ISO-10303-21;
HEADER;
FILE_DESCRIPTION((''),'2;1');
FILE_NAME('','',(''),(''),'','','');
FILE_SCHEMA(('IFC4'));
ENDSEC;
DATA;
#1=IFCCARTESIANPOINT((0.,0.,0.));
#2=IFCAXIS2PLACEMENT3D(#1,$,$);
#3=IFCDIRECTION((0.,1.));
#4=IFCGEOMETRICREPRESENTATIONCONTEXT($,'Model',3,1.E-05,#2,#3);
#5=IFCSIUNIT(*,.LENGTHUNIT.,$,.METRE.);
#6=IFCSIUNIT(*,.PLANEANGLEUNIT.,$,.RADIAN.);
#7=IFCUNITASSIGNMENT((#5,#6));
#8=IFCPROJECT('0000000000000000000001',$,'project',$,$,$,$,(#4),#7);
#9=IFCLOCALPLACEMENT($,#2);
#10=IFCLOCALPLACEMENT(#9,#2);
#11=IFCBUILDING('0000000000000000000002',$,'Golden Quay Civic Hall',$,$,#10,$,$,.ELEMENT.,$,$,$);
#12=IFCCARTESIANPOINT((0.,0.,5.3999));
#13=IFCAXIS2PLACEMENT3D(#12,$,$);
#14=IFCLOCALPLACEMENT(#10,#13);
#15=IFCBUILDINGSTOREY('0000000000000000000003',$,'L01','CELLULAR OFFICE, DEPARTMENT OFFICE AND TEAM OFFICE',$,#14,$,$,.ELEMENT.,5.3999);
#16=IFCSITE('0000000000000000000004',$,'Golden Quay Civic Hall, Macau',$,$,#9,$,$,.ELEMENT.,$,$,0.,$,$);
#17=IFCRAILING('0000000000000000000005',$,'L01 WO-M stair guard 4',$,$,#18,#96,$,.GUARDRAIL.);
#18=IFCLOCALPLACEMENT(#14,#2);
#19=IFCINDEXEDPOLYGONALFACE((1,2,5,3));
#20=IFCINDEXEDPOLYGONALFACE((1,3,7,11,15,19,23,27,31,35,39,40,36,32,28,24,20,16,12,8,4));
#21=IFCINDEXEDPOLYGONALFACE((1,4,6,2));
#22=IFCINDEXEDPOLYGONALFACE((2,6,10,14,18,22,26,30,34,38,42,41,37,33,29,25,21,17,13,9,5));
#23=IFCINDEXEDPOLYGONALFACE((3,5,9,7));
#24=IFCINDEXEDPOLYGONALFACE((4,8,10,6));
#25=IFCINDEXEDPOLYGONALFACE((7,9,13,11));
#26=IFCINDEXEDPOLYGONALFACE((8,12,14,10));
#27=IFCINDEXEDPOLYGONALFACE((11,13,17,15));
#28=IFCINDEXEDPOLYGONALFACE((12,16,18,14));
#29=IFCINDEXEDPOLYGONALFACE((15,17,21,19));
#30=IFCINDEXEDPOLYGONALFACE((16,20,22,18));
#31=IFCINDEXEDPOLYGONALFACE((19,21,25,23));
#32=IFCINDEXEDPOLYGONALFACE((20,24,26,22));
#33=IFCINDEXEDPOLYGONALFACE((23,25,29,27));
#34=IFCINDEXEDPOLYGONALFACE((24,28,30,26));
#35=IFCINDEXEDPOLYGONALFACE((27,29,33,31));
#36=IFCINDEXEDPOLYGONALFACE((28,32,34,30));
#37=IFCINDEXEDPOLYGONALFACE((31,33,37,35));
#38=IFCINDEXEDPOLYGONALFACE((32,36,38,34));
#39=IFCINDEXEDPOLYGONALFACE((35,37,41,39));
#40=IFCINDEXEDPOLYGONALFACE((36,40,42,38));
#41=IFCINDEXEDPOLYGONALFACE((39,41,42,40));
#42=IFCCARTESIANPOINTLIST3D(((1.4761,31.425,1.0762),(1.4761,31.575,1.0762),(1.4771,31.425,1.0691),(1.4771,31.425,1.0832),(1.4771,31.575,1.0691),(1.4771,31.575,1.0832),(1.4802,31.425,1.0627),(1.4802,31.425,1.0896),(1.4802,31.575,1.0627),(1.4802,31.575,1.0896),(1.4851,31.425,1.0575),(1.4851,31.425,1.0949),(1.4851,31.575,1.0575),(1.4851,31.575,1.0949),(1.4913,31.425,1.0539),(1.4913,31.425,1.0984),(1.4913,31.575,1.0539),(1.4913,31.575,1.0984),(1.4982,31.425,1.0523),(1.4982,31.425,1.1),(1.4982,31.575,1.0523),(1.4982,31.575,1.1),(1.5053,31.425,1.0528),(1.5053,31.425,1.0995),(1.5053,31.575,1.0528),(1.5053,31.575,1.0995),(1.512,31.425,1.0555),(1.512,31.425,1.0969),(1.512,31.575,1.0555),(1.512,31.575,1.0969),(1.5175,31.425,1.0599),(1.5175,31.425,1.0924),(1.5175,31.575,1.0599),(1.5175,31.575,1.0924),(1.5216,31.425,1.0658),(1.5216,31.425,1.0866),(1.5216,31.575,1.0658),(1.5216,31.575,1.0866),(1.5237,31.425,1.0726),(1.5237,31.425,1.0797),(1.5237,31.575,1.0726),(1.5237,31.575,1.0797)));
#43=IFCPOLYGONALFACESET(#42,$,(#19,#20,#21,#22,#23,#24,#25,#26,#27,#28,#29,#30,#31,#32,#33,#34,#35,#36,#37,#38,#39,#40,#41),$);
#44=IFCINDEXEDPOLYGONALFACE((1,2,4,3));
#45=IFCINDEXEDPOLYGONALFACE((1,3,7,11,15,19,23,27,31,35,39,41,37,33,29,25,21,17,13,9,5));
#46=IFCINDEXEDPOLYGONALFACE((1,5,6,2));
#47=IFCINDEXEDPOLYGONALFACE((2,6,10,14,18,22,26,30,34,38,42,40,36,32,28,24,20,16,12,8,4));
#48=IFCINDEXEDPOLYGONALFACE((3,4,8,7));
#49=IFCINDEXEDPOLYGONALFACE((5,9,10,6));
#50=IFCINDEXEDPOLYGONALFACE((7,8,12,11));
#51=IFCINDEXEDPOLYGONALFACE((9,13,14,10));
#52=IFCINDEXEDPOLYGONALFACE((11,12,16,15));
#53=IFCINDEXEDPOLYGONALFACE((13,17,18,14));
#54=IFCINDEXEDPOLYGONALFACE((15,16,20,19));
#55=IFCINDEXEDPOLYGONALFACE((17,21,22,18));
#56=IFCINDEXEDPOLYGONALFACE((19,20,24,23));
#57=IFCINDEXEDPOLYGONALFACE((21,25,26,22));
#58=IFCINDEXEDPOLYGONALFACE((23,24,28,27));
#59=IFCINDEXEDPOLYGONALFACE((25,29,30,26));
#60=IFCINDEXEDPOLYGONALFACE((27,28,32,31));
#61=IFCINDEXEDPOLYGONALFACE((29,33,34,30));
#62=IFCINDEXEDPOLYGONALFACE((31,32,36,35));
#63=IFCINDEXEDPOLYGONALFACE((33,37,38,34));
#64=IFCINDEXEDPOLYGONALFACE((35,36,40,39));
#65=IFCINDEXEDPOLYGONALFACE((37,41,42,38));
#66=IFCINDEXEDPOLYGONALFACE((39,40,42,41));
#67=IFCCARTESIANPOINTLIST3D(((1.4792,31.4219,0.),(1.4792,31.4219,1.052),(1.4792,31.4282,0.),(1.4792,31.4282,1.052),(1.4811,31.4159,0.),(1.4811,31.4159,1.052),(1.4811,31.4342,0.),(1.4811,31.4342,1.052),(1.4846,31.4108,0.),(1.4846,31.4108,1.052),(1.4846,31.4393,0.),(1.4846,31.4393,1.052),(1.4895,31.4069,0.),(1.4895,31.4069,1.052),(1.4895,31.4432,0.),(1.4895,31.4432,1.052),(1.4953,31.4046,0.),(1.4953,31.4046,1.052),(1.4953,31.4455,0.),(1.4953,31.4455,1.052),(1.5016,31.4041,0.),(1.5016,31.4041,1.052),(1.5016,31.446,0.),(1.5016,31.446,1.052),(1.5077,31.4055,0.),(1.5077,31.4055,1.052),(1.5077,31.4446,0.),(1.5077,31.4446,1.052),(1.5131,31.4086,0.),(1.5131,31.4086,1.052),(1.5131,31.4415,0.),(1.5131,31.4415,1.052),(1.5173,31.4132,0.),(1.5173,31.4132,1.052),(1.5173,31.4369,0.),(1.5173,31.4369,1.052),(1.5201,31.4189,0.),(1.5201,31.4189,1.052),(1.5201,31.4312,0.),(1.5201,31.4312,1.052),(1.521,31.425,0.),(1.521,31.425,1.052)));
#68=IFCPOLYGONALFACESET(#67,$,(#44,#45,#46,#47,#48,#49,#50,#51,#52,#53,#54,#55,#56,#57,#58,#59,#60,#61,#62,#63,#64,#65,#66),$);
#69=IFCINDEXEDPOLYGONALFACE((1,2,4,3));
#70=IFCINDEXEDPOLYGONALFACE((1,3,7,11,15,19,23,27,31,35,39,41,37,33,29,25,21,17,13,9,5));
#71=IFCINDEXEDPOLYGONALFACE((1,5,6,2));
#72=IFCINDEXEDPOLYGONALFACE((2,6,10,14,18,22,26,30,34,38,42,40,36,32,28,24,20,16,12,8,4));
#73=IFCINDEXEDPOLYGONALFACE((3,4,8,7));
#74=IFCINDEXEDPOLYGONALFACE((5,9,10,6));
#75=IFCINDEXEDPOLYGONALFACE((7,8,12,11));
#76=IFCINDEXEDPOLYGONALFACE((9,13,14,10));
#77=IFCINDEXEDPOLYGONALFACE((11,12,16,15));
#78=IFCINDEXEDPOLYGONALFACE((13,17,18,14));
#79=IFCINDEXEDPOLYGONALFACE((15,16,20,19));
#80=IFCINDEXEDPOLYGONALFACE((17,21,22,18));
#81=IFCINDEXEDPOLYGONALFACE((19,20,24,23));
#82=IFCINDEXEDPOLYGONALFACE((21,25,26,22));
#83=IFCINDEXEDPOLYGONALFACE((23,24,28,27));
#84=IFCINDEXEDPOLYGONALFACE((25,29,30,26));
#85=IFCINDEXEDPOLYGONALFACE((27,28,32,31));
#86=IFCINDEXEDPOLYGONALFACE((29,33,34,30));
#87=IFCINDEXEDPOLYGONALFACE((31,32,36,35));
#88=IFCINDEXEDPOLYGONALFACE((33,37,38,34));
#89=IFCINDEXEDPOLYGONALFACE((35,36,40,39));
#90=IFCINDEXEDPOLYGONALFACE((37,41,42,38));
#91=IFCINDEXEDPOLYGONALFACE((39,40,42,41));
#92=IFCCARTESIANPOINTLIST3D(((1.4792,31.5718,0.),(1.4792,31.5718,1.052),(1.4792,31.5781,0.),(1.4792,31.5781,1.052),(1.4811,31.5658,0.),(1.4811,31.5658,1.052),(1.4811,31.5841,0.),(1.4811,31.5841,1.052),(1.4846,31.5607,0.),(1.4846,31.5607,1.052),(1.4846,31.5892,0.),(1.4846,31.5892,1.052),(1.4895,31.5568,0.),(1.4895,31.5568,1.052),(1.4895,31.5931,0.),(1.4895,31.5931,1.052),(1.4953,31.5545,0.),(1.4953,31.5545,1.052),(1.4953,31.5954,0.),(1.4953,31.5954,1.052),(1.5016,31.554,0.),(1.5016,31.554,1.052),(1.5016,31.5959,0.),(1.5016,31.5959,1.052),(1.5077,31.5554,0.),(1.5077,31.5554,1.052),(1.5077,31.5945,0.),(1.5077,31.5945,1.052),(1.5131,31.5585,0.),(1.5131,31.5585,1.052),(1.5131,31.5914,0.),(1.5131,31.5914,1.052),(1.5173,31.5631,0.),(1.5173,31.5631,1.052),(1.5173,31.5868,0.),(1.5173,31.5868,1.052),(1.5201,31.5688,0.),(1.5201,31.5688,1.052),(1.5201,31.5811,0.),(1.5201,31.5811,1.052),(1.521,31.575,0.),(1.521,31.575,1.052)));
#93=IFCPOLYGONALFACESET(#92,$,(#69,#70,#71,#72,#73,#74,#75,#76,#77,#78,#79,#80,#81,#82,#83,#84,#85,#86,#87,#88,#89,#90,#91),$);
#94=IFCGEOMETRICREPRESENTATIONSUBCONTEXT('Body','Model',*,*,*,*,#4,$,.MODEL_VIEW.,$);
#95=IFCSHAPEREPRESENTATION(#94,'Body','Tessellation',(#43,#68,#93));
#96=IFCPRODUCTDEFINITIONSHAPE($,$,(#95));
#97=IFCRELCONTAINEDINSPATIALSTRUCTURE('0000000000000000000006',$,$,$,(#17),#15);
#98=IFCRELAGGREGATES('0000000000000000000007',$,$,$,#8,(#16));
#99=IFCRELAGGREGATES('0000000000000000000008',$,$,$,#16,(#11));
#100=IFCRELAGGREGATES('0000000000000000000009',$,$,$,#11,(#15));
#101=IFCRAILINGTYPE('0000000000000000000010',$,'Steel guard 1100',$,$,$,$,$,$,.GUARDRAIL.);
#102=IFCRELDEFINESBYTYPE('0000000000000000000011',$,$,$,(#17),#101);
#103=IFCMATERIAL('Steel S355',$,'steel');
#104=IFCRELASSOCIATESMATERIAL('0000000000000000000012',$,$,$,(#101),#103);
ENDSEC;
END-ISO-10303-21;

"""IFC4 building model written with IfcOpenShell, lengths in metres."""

from ifc_helpers import new_model, si_unit, direction, frame, origin, origin_2d, place, context, subcontext, project, spatial, circle, extrude, material, type_object, element, save


model = new_model("IFC4")

# Units and contexts
model_context = context("Model", 3, precision=1e-05, world=origin(), true_north=direction((0.0, 1.0)))
body_context = subcontext(model_context, "Body", "Model", "MODEL_VIEW")
ifc_project = project(units=[si_unit("LENGTHUNIT", "METRE"), si_unit("PLANEANGLEUNIT", "RADIAN")], contexts=[model_context])

# Site, building, storey
site_placement = place(None, origin())
site = spatial("IfcSite", under=ifc_project, at=site_placement, Name="Golden Quay Civic Hall, Macau", CompositionType="ELEMENT", RefElevation=0.0)
building_placement = place(site_placement, origin())
building = spatial("IfcBuilding", under=site, at=building_placement, Name="Golden Quay Civic Hall", CompositionType="ELEMENT")
storey_placement = place(building_placement, frame((0.0, 0.0, 5.3999)))
storey = spatial("IfcBuildingStorey", under=building, at=storey_placement, Name="L01", Description="CELLULAR OFFICE, DEPARTMENT OFFICE AND TEAM OFFICE", CompositionType="ELEMENT", Elevation=5.3999)

# Railing
ifc_material_1 = material(Name="Steel S355", Category="steel")
railing_type_1 = type_object("IfcRailingType", Name="Steel guard 1100", PredefinedType="GUARDRAIL", material=ifc_material_1)
railing_1_placement = place(storey_placement, frame((1.5, 31.425, 0.0)))
element("IfcRailing", 1, at=railing_1_placement, inside=storey, type_object=railing_type_1, Name="L01 WO-M stair guard 4", PredefinedType="GUARDRAIL", context=body_context, shape_type="SweptSolid", body=[
    extrude(circle(Radius=0.0239, at=origin_2d()), frame((0.0, 0.0, 1.0762), z_axis=(0.0, 1.0, 0.0), x_axis=(-1.0, 0.0, 0.0)), (0.0, 0.0, 1.0), 0.1499),
    extrude(circle(Radius=0.021, at=origin_2d()), origin(), (0.0, 0.0, 1.0), 1.052),
    extrude(circle(Radius=0.021, at=origin_2d()), frame((0.0, 0.1499, 0.0)), (0.0, 0.0, 1.0), 1.052),
])

save(model, "model.ifc")
